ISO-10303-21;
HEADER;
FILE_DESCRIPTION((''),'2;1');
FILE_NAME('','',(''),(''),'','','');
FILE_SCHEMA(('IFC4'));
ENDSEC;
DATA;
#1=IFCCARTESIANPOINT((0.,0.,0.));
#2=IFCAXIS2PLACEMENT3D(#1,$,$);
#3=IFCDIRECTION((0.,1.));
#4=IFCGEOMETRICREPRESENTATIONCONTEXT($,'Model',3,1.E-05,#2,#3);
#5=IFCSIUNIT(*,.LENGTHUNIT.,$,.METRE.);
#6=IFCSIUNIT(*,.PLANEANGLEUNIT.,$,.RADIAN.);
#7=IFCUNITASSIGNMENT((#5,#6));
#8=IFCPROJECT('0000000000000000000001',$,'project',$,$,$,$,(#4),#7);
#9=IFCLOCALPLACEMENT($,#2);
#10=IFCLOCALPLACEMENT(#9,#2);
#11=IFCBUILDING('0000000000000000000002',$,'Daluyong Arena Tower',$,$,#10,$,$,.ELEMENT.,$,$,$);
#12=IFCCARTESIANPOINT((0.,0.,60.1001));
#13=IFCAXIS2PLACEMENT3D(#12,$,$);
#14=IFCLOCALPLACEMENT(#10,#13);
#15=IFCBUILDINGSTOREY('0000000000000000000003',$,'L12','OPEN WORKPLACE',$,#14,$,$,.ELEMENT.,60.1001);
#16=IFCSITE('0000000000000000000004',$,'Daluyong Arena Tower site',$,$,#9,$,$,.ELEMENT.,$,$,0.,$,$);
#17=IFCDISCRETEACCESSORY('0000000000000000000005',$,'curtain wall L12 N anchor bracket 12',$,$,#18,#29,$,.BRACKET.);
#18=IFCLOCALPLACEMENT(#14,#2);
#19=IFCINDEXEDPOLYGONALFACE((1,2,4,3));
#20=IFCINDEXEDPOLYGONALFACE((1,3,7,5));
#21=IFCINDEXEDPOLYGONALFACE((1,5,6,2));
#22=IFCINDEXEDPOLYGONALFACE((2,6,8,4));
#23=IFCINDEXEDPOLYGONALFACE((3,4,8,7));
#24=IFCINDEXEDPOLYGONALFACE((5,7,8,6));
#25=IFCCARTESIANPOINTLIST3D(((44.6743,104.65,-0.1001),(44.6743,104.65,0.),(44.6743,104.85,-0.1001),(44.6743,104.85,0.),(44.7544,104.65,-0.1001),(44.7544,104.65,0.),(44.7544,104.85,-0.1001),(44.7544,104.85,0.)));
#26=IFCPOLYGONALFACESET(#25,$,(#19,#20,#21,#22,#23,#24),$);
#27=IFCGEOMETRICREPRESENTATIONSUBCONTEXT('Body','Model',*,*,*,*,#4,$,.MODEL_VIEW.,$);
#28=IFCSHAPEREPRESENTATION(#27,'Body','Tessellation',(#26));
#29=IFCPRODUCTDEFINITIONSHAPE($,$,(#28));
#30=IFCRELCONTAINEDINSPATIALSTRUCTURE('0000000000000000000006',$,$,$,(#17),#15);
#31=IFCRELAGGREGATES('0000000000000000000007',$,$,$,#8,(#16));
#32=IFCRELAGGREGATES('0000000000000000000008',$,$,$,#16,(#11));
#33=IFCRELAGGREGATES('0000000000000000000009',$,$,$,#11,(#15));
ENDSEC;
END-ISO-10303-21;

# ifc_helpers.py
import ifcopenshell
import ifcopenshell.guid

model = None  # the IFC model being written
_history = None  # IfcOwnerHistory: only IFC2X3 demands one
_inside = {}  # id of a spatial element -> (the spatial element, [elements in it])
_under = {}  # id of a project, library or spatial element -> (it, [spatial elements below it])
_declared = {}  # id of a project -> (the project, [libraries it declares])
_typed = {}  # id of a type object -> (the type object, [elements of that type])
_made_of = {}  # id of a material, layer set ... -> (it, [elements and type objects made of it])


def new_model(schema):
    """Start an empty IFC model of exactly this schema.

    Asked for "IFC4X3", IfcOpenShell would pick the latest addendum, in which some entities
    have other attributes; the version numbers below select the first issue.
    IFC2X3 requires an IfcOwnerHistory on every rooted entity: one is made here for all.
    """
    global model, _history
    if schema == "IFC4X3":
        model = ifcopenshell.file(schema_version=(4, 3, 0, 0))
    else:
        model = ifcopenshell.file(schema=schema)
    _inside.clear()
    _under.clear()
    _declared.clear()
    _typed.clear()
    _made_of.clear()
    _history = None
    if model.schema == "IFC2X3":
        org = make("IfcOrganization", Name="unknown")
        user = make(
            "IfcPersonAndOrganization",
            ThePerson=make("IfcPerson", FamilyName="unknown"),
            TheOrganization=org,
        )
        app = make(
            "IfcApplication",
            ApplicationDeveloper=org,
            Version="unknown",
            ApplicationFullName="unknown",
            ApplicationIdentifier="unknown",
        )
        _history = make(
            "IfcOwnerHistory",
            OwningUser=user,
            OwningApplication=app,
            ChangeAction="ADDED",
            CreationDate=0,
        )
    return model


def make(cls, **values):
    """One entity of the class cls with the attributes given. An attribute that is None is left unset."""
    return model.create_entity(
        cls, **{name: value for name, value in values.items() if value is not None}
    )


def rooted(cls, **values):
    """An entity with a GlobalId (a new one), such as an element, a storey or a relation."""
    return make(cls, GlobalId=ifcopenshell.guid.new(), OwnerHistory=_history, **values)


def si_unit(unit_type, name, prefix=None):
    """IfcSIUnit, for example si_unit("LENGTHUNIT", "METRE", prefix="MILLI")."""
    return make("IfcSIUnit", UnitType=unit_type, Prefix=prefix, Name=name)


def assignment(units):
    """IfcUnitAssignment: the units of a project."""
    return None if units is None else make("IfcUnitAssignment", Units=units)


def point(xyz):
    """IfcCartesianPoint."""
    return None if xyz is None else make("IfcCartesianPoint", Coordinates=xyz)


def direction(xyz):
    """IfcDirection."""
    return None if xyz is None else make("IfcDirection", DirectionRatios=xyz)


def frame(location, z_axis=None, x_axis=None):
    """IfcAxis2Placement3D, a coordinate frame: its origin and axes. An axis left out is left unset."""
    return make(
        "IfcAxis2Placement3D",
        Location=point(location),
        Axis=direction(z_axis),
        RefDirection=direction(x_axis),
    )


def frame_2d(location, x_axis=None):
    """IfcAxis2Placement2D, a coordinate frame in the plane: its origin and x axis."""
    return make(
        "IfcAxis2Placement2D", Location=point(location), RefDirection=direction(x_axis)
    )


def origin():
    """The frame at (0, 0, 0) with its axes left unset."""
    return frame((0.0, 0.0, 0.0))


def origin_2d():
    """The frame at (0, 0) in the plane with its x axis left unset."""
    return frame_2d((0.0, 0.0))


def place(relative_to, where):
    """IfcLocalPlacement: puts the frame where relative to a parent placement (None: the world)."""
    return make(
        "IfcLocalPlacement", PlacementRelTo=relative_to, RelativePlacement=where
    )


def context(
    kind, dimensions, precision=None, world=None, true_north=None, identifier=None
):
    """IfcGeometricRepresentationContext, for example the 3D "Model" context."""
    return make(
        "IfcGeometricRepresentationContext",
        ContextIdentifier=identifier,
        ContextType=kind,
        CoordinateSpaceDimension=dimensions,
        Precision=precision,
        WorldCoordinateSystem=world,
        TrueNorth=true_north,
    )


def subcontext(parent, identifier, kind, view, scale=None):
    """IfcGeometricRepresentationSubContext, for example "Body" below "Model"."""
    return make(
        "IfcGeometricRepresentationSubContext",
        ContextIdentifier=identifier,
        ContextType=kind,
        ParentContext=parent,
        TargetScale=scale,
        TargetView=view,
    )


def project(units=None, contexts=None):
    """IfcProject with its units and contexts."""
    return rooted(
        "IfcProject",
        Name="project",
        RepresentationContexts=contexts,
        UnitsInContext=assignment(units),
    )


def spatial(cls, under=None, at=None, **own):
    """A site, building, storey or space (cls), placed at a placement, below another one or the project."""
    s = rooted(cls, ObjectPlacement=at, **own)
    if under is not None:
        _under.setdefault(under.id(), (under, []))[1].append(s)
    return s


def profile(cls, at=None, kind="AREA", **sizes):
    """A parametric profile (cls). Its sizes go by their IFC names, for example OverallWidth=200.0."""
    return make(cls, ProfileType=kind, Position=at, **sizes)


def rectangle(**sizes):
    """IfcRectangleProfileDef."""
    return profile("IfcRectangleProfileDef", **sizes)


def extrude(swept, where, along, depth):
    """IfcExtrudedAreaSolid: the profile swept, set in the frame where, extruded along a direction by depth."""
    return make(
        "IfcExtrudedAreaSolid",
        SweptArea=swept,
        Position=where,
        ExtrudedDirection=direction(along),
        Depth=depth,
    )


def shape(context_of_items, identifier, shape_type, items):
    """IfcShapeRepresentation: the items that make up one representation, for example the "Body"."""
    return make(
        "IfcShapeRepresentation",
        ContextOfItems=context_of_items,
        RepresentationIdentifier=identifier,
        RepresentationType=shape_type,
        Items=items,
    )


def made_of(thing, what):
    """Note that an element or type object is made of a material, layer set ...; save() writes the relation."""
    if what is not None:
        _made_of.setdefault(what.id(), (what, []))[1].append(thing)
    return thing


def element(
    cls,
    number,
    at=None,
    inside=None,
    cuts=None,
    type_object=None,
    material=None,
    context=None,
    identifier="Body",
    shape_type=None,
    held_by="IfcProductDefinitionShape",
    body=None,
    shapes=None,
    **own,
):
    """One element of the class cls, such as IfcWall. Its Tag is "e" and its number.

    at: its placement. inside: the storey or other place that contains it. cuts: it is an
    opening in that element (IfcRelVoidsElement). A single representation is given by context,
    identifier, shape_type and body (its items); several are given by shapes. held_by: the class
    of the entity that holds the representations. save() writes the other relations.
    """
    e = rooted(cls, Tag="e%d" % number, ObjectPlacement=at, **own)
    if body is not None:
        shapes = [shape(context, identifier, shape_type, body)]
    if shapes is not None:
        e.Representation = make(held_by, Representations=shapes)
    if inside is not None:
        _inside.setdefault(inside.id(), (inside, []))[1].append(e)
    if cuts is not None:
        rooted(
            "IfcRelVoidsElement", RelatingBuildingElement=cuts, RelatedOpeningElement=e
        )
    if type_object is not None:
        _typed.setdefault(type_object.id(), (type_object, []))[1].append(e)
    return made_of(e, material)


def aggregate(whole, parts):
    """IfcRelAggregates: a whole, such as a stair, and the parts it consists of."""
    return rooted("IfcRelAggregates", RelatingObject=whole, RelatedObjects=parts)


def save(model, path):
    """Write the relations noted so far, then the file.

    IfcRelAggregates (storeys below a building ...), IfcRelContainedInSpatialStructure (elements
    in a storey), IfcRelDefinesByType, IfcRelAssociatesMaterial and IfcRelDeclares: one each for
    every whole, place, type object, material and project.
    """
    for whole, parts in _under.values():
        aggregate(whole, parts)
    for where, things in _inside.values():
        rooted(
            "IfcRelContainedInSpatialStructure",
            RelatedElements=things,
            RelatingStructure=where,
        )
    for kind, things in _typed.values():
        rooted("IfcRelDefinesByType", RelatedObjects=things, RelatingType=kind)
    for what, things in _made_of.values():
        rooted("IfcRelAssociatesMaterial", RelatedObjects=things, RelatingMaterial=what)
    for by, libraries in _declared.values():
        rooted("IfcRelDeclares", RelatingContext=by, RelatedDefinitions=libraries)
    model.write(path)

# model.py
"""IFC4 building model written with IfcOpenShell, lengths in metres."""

from ifc_helpers import new_model, si_unit, direction, frame, origin, origin_2d, place, context, subcontext, project, spatial, rectangle, extrude, element, save


model = new_model("IFC4")

# Units and contexts
model_context = context("Model", 3, precision=1e-05, world=origin(), true_north=direction((0.0, 1.0)))
body_context = subcontext(model_context, "Body", "Model", "MODEL_VIEW")
ifc_project = project(units=[si_unit("LENGTHUNIT", "METRE"), si_unit("PLANEANGLEUNIT", "RADIAN")], contexts=[model_context])

# Site, building, storey
site_placement = place(None, origin())
site = spatial("IfcSite", under=ifc_project, at=site_placement, Name="Daluyong Arena Tower site", CompositionType="ELEMENT", RefElevation=0.0)
building_placement = place(site_placement, origin())
building = spatial("IfcBuilding", under=site, at=building_placement, Name="Daluyong Arena Tower", CompositionType="ELEMENT")
storey_placement = place(building_placement, frame((0.0, 0.0, 60.1001)))
storey = spatial("IfcBuildingStorey", under=building, at=storey_placement, Name="L12", Description="OPEN WORKPLACE", CompositionType="ELEMENT", Elevation=60.1001)

# Discrete accessory
for number, where, z_axis, x_axis, name in (
    (1, (44.7144, 104.75, -0.1001), (0.0, 0.0, 1.0), (-1.0, 0.0, 0.0), "curtain wall L12 N anchor bracket 12"),
):
    element("IfcDiscreteAccessory", number, at=place(storey_placement, frame(where, z_axis=z_axis, x_axis=x_axis)), inside=storey, Name=name, PredefinedType="BRACKET", context=body_context, shape_type="SweptSolid", body=[
        extrude(rectangle(XDim=0.0801, YDim=0.2, at=origin_2d()), origin(), (0.0, 0.0, 1.0), 0.1001),
    ])

save(model, "model.ifc")
